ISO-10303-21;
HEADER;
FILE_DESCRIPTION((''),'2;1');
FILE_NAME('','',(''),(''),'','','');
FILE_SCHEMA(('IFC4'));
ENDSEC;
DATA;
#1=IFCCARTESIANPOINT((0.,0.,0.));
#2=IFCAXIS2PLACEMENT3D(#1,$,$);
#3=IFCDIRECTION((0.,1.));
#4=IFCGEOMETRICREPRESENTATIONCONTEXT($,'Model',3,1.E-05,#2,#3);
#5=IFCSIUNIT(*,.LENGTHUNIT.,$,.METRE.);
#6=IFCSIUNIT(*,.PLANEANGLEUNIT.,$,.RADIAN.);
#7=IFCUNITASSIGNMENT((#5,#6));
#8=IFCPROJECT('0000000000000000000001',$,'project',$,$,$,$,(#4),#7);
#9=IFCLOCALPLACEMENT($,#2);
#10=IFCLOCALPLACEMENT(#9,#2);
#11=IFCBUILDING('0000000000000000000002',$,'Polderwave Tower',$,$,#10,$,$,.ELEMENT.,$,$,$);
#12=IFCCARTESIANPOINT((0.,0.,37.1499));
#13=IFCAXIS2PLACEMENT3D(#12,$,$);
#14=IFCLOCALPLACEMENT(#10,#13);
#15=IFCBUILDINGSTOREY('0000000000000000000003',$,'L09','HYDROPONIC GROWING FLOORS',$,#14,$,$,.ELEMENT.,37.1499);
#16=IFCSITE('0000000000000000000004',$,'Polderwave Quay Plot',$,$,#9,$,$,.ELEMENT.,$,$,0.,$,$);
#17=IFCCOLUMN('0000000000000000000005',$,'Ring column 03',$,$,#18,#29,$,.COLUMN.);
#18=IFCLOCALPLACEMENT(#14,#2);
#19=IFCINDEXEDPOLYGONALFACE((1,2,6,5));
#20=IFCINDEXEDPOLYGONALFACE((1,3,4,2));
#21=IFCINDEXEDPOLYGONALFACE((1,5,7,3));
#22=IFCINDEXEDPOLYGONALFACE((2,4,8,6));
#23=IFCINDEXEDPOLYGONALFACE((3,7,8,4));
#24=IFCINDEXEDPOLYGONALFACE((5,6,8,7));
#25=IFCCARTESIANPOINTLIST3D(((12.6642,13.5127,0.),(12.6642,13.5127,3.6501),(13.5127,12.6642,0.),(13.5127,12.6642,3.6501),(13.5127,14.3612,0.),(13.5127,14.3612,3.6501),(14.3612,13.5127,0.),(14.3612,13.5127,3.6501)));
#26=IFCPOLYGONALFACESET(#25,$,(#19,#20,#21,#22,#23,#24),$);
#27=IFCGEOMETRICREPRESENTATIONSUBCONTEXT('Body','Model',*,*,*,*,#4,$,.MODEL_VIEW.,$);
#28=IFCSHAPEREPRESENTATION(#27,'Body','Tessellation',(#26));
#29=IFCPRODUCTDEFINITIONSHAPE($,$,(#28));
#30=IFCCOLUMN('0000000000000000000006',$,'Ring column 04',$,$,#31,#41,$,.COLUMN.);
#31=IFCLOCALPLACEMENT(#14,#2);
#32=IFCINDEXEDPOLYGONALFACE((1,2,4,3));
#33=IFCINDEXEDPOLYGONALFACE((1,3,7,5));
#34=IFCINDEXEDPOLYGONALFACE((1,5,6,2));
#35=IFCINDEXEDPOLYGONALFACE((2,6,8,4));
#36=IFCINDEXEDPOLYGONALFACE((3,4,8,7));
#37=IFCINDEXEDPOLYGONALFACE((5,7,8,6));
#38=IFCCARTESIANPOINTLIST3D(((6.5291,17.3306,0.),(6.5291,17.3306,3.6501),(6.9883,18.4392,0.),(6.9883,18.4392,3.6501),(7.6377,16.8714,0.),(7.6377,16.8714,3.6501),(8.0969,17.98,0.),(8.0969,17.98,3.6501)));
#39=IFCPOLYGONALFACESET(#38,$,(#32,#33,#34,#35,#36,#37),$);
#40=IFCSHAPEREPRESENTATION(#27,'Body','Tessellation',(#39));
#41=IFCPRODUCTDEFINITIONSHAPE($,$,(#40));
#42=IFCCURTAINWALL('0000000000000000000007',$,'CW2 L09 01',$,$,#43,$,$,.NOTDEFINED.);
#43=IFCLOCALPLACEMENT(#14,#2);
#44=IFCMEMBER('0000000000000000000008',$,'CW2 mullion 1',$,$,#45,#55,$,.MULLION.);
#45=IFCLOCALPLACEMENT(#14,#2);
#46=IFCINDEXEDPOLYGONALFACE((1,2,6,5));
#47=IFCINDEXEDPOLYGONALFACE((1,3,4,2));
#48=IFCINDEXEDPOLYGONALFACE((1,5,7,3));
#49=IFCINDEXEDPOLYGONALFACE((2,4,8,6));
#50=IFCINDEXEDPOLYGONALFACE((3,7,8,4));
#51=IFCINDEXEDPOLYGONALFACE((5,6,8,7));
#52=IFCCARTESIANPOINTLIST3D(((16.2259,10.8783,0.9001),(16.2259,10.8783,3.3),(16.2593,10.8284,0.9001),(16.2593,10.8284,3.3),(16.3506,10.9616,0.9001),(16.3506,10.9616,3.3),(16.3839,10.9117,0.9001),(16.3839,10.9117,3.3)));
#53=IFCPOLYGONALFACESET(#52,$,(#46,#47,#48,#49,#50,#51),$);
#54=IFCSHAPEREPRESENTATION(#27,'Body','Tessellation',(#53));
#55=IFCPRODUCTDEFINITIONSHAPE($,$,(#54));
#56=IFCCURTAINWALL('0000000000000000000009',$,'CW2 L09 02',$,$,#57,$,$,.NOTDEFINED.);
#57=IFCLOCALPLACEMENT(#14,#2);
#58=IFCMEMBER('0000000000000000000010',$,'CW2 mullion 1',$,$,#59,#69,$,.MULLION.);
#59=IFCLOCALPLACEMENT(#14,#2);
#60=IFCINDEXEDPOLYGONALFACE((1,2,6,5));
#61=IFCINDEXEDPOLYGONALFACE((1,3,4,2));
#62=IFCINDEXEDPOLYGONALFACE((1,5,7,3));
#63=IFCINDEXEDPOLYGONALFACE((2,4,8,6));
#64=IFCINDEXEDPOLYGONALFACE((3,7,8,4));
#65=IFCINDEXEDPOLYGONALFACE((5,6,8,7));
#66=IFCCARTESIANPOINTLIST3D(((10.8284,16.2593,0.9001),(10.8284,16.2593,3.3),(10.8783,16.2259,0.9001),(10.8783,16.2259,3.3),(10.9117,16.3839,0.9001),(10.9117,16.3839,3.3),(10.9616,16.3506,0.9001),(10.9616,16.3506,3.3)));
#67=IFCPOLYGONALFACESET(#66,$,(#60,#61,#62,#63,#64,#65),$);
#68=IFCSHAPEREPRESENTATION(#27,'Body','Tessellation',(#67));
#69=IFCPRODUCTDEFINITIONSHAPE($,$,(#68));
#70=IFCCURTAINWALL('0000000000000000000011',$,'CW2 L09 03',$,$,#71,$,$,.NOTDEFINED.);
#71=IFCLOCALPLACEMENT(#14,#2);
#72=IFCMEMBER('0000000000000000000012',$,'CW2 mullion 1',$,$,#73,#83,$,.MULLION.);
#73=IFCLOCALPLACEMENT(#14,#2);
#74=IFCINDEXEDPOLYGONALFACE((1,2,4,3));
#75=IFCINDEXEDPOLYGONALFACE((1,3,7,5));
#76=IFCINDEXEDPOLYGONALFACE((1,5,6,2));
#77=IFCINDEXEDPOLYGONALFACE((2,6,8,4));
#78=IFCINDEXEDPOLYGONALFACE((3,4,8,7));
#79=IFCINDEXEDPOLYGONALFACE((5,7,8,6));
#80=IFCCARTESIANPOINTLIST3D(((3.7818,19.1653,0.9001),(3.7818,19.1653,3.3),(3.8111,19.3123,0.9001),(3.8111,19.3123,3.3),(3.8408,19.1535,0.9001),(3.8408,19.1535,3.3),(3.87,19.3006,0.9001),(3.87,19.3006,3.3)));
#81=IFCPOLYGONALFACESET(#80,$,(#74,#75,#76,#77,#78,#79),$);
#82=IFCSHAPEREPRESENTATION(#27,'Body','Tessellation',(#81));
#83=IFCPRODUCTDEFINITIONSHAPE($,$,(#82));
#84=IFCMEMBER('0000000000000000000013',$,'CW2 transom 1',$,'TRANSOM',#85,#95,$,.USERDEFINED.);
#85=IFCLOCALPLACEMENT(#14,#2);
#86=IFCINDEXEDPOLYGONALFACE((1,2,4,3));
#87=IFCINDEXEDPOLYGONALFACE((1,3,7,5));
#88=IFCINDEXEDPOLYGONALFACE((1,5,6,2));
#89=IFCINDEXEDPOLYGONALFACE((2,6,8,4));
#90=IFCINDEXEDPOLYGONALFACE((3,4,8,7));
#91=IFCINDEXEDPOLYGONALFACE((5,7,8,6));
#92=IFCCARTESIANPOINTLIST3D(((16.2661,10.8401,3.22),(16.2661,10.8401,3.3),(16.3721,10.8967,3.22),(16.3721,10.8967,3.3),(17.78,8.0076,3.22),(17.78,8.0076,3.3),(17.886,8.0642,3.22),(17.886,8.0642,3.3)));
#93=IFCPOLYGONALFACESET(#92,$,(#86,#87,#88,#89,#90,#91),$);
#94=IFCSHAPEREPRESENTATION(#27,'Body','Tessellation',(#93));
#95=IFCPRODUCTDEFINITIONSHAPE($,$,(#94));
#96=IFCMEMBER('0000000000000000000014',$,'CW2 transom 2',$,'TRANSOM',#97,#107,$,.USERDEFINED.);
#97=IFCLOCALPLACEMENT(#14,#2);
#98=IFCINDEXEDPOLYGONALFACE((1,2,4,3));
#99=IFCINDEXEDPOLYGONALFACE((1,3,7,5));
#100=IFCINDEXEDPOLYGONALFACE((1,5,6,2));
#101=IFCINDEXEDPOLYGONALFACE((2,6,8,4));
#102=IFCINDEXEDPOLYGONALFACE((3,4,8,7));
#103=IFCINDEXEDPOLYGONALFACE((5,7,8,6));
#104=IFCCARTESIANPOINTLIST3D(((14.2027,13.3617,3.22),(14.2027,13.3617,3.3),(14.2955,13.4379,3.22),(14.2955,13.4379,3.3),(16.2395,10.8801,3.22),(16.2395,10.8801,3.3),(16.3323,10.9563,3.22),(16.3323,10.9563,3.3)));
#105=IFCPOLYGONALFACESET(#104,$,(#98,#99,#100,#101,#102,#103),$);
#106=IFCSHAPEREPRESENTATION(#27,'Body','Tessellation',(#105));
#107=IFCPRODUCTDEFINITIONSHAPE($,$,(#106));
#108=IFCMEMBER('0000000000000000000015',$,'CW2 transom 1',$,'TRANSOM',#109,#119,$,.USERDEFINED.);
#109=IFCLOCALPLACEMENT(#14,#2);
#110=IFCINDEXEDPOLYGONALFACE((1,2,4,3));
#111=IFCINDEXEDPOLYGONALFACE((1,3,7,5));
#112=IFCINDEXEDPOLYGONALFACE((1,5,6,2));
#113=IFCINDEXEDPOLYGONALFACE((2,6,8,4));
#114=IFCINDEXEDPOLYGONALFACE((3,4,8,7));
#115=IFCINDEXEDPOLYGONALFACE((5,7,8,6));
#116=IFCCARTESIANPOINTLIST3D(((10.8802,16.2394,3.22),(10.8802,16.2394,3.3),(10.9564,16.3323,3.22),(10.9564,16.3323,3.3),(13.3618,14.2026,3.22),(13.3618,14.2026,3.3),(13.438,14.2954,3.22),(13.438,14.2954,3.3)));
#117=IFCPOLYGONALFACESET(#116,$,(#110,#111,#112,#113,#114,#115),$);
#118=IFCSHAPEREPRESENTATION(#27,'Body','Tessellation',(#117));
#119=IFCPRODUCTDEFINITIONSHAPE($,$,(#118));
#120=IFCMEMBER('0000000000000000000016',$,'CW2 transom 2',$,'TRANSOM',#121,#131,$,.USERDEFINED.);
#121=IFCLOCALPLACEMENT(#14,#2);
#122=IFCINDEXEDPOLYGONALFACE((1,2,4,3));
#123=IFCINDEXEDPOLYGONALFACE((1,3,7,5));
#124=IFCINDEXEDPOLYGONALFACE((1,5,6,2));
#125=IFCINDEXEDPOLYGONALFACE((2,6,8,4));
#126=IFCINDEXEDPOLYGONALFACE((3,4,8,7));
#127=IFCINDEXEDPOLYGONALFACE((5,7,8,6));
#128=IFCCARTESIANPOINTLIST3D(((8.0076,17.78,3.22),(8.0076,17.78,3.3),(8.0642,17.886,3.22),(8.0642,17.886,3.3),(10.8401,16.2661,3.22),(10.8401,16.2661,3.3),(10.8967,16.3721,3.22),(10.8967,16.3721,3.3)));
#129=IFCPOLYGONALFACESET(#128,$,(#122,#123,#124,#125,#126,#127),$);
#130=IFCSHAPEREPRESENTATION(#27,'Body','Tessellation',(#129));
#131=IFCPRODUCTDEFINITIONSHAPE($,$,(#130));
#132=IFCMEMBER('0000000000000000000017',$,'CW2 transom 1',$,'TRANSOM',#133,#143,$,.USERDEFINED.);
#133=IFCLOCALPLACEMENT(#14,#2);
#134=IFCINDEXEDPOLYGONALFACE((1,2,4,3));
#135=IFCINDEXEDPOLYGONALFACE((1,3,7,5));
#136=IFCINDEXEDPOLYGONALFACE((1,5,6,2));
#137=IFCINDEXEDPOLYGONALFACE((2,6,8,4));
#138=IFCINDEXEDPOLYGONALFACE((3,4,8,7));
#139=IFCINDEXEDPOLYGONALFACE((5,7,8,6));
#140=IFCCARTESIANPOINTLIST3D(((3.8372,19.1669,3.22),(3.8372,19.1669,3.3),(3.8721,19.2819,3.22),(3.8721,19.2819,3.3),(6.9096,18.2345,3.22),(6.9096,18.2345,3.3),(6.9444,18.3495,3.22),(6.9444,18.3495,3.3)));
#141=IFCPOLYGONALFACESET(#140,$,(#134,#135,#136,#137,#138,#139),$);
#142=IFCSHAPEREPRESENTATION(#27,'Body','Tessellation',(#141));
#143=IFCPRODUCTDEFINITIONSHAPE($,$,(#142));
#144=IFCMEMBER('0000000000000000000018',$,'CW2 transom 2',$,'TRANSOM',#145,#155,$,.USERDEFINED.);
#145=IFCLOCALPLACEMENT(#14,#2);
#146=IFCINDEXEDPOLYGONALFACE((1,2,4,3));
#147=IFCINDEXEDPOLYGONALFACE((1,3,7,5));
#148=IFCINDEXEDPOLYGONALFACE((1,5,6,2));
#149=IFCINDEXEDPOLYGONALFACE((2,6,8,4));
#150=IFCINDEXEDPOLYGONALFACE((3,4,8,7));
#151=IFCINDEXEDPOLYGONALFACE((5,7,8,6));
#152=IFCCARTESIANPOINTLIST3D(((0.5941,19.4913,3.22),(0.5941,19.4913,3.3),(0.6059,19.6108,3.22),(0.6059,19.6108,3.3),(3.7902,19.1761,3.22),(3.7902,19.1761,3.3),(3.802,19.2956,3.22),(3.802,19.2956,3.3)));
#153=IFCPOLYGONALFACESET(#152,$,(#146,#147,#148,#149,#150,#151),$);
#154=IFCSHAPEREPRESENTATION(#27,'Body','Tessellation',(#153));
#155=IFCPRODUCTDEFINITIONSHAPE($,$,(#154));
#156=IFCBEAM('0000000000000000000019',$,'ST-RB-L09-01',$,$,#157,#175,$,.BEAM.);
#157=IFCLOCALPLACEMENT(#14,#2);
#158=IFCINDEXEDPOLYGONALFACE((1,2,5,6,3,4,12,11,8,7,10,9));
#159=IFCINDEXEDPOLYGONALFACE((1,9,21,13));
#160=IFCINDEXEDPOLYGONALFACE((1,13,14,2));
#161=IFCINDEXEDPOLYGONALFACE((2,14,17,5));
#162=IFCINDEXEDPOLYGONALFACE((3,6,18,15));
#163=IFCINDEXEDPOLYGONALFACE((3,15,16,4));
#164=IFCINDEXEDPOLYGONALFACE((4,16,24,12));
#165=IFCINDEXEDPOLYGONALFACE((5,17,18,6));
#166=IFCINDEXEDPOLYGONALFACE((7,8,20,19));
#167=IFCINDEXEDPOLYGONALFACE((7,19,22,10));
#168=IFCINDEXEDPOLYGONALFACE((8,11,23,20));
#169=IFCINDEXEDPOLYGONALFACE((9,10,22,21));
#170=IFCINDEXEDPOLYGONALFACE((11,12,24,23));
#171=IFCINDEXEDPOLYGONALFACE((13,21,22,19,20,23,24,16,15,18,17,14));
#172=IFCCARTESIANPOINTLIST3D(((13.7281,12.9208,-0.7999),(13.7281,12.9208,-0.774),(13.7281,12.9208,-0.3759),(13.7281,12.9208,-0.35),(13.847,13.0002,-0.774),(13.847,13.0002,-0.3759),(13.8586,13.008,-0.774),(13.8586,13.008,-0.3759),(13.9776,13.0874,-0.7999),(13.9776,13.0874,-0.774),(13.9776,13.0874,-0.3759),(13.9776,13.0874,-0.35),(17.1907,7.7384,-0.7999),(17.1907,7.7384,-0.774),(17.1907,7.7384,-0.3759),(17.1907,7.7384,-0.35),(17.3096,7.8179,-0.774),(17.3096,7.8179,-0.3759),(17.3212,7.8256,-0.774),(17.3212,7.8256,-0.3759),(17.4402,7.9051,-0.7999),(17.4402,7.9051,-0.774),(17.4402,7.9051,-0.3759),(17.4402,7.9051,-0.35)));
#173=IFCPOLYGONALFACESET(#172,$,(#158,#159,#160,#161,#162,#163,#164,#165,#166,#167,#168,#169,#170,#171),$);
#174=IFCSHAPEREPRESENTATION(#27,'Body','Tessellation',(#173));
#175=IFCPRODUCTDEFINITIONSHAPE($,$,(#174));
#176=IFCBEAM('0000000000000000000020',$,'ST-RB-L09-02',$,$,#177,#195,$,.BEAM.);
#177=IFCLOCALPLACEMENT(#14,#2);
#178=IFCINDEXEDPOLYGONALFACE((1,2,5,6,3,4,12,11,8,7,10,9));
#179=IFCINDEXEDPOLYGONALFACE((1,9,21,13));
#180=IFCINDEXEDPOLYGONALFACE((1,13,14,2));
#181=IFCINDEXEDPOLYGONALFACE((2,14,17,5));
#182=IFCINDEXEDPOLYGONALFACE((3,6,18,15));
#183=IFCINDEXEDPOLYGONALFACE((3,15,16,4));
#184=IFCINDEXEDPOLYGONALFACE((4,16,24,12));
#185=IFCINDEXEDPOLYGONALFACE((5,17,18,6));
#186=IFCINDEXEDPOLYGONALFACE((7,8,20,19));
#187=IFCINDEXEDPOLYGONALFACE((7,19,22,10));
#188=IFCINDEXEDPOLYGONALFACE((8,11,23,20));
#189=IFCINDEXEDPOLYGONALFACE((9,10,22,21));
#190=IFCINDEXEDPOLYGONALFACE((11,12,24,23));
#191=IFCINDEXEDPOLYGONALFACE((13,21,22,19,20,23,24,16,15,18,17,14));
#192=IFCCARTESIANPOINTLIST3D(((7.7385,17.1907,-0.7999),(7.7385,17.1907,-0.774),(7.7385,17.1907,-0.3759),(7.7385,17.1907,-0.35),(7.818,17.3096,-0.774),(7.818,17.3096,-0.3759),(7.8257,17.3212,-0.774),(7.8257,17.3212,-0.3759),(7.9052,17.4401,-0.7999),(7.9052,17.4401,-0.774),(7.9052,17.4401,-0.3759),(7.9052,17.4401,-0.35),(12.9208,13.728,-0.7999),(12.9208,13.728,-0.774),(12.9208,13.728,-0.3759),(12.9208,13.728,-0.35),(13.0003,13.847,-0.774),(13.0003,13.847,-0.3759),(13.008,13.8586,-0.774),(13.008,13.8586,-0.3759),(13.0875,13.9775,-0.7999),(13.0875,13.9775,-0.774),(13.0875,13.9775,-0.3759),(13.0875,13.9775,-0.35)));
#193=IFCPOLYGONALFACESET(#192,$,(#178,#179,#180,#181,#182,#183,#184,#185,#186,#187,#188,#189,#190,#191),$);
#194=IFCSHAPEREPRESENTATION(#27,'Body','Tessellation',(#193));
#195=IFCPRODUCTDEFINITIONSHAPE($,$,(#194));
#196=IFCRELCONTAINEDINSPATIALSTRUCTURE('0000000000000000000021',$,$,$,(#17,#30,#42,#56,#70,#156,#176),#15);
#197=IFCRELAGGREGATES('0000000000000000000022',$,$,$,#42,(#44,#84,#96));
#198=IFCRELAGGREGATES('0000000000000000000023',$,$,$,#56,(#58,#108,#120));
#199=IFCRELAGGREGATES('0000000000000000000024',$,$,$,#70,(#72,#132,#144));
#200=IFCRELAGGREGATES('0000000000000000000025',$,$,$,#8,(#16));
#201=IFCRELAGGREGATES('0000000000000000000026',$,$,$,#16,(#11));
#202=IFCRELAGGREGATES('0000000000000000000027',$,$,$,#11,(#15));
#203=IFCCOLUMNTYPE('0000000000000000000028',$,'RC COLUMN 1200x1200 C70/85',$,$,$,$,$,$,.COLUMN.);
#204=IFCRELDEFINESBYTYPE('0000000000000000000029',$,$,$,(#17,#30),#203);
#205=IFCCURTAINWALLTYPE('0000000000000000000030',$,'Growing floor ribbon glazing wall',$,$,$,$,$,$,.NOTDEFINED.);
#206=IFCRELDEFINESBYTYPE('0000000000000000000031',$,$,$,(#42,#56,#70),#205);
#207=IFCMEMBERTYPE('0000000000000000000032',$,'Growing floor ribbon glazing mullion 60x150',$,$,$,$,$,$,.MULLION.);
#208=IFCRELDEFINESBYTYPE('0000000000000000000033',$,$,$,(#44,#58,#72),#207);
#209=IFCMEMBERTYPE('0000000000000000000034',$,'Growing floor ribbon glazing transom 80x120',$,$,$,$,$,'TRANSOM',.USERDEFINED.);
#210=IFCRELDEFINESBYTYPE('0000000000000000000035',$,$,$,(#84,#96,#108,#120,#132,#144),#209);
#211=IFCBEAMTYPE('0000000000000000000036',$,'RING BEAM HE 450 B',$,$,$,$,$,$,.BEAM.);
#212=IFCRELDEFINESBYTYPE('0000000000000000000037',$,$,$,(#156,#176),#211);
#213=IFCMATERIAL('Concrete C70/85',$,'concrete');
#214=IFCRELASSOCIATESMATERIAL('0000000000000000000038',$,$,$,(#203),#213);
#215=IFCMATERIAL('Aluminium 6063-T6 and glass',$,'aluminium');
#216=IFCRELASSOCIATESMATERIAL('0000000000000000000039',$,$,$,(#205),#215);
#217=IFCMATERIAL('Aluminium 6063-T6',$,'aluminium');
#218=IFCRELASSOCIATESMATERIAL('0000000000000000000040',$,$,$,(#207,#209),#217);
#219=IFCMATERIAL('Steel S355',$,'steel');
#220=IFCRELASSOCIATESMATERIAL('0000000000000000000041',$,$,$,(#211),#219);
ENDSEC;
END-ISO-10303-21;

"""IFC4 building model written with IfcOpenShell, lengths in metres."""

from ifc_helpers import new_model, si_unit, direction, frame, origin, origin_2d, place, context, subcontext, project, spatial, rectangle, i_section, extrude, material, material_profile, profile_set, type_object, element, aggregate, save


model = new_model("IFC4")

# Units and contexts
model_context = context("Model", 3, precision=1e-05, world=origin(), true_north=direction((0.0, 1.0)))
body_context = subcontext(model_context, "Body", "Model", "MODEL_VIEW")
ifc_project = project(units=[si_unit("LENGTHUNIT", "METRE"), si_unit("PLANEANGLEUNIT", "RADIAN")], contexts=[model_context])

# Site, building, storey
site_placement = place(None, origin())
site = spatial("IfcSite", under=ifc_project, at=site_placement, Name="Polderwave Quay Plot", CompositionType="ELEMENT", RefElevation=0.0)
building_placement = place(site_placement, origin())
building = spatial("IfcBuilding", under=site, at=building_placement, Name="Polderwave Tower", CompositionType="ELEMENT")
storey_placement = place(building_placement, frame((0.0, 0.0, 37.1499)))
storey = spatial("IfcBuildingStorey", under=building, at=storey_placement, Name="L09", Description="HYDROPONIC GROWING FLOORS", CompositionType="ELEMENT", Elevation=37.1499)

# Columns
ifc_material_1 = material(Name="Concrete C70/85", Category="concrete")
ifc_material_profile_1 = material_profile(ifc_material_1, rectangle(XDim=1.2, YDim=1.2, at=origin_2d()), Name="RC 1200x1200")
ifc_profile_set_1 = profile_set([ifc_material_profile_1], Name="Concrete C70/85")
column_type = type_object("IfcColumnType", Name="RC COLUMN 1200x1200 C70/85", PredefinedType="COLUMN", material=ifc_profile_set_1)
for number, where, z_axis, x_axis, name in (
    (1, (13.5127, 13.5127, 0.0), (0.0, 0.0, 1.0), (0.707107, 0.707107, 0.0), "Ring column 03"),
    (2, (7.313, 17.6553, 0.0), (0.0, 0.0, 1.0), (0.382683, 0.92388, 0.0), "Ring column 04"),
):
    element("IfcColumn", number, at=place(storey_placement, frame(where, z_axis=z_axis, x_axis=x_axis)), inside=storey, type_object=column_type, Name=name, PredefinedType="COLUMN", context=body_context, shape_type="SweptSolid", body=[
        extrude(rectangle(XDim=1.2, YDim=1.2, at=origin_2d()), origin(), (0.0, 0.0, 1.0), 3.6501),
    ])

# Curtain walls, members
ifc_material_2 = material(Name="Aluminium 6063-T6 and glass", Category="aluminium")
curtain_wall_type = type_object("IfcCurtainWallType", Name="Growing floor ribbon glazing wall", PredefinedType="NOTDEFINED", material=ifc_material_2)
curtain_wall_1_placement = place(storey_placement, origin())
curtain_wall_1 = element("IfcCurtainWall", 3, at=curtain_wall_1_placement, inside=storey, type_object=curtain_wall_type, Name="CW2 L09 01", PredefinedType="NOTDEFINED")
ifc_material_3 = material(Name="Aluminium 6063-T6", Category="aluminium")
ifc_material_profile_2 = material_profile(ifc_material_3, rectangle(XDim=0.1499, YDim=0.0601, at=origin_2d()), Name="AL 60x150")
ifc_profile_set_2 = profile_set([ifc_material_profile_2], Name="Aluminium 6063-T6")
member_type_1 = type_object("IfcMemberType", Name="Growing floor ribbon glazing mullion 60x150", PredefinedType="MULLION", material=ifc_profile_set_2)
member_1_placement = place(storey_placement, frame((16.3049, 10.895, 0.9001), z_axis=(0.0, 0.0, 1.0), x_axis=(-0.831469, -0.555572, 0.0)))
member_1 = element("IfcMember", 4, at=member_1_placement, type_object=member_type_1, Name="CW2 mullion 1", PredefinedType="MULLION", context=body_context, shape_type="SweptSolid", body=[
    extrude(rectangle(XDim=0.1499, YDim=0.0601, at=origin_2d()), origin(), (0.0, 0.0, 1.0), 2.3999),
])
curtain_wall_2_placement = place(storey_placement, origin())
curtain_wall_2 = element("IfcCurtainWall", 5, at=curtain_wall_2_placement, inside=storey, type_object=curtain_wall_type, Name="CW2 L09 02", PredefinedType="NOTDEFINED")
member_2_placement = place(storey_placement, frame((10.895, 16.3049, 0.9001), z_axis=(0.0, 0.0, 1.0), x_axis=(-0.555572, -0.831469, 0.0)))
member_2 = element("IfcMember", 6, at=member_2_placement, type_object=member_type_1, Name="CW2 mullion 1", PredefinedType="MULLION", context=body_context, shape_type="SweptSolid", body=[
    extrude(rectangle(XDim=0.1499, YDim=0.0601, at=origin_2d()), origin(), (0.0, 0.0, 1.0), 2.3999),
])
curtain_wall_3_placement = place(storey_placement, origin())
curtain_wall_3 = element("IfcCurtainWall", 7, at=curtain_wall_3_placement, inside=storey, type_object=curtain_wall_type, Name="CW2 L09 03", PredefinedType="NOTDEFINED")
member_3_placement = place(storey_placement, frame((3.8259, 19.2329, 0.9001), z_axis=(0.0, 0.0, 1.0), x_axis=(-0.195178, -0.980768, 0.0)))
member_3 = element("IfcMember", 8, at=member_3_placement, type_object=member_type_1, Name="CW2 mullion 1", PredefinedType="MULLION", context=body_context, shape_type="SweptSolid", body=[
    extrude(rectangle(XDim=0.1499, YDim=0.0601, at=origin_2d()), origin(), (0.0, 0.0, 1.0), 2.3999),
])

# Members
ifc_material_profile_3 = material_profile(ifc_material_3, rectangle(XDim=0.1201, YDim=0.0801, at=origin_2d()), Name="AL 80x120")
ifc_profile_set_3 = profile_set([ifc_material_profile_3], Name="Aluminium 6063-T6")
member_type_2 = type_object("IfcMemberType", Name="Growing floor ribbon glazing transom 80x120", ElementType="TRANSOM", PredefinedType="USERDEFINED", material=ifc_profile_set_3)
member_4_placement = place(storey_placement, frame((17.833, 8.0359, 3.26), z_axis=(-0.471373, 0.881934, 0.0), x_axis=(-0.881934, -0.471373, 0.0)))
member_4 = element("IfcMember", 9, at=member_4_placement, type_object=member_type_2, Name="CW2 transom 1", ObjectType="TRANSOM", PredefinedType="USERDEFINED", context=body_context, shape_type="SweptSolid", body=[
    extrude(rectangle(XDim=0.1201, YDim=0.0801, at=origin_2d()), origin(), (0.0, 0.0, 1.0), 3.2117),
])
member_5_placement = place(storey_placement, frame((16.2859, 10.9182, 3.26), z_axis=(-0.63443, 0.772981, 0.0), x_axis=(-0.772981, -0.63443, 0.0)))
member_5 = element("IfcMember", 10, at=member_5_placement, type_object=member_type_2, Name="CW2 transom 2", ObjectType="TRANSOM", PredefinedType="USERDEFINED", context=body_context, shape_type="SweptSolid", body=[
    extrude(rectangle(XDim=0.1201, YDim=0.0801, at=origin_2d()), origin(), (0.0, 0.0, 1.0), 3.2104),
])
member_6_placement = place(storey_placement, frame((13.3999, 14.249, 3.26), z_axis=(-0.772981, 0.63443, 0.0), x_axis=(-0.63443, -0.772981, 0.0)))
member_6 = element("IfcMember", 11, at=member_6_placement, type_object=member_type_2, Name="CW2 transom 1", ObjectType="TRANSOM", PredefinedType="USERDEFINED", context=body_context, shape_type="SweptSolid", body=[
    extrude(rectangle(XDim=0.1201, YDim=0.0801, at=origin_2d()), origin(), (0.0, 0.0, 1.0), 3.2104),
])
member_7_placement = place(storey_placement, frame((10.8684, 16.3191, 3.26), z_axis=(-0.881934, 0.471373, 0.0), x_axis=(-0.471373, -0.881934, 0.0)))
member_7 = element("IfcMember", 12, at=member_7_placement, type_object=member_type_2, Name="CW2 transom 2", ObjectType="TRANSOM", PredefinedType="USERDEFINED", context=body_context, shape_type="SweptSolid", body=[
    extrude(rectangle(XDim=0.1201, YDim=0.0801, at=origin_2d()), origin(), (0.0, 0.0, 1.0), 3.2117),
])
member_8_placement = place(storey_placement, frame((6.927, 18.292, 3.26), z_axis=(-0.956905, 0.290402, 0.0), x_axis=(-0.290402, -0.956905, 0.0)))
member_8 = element("IfcMember", 13, at=member_8_placement, type_object=member_type_2, Name="CW2 transom 1", ObjectType="TRANSOM", PredefinedType="USERDEFINED", context=body_context, shape_type="SweptSolid", body=[
    extrude(rectangle(XDim=0.1201, YDim=0.0801, at=origin_2d()), origin(), (0.0, 0.0, 1.0), 3.2107),
])
member_9_placement = place(storey_placement, frame((3.7961, 19.2358, 3.26), z_axis=(-0.995172, 0.098141, 0.0), x_axis=(-0.098141, -0.995172, 0.0)))
member_9 = element("IfcMember", 14, at=member_9_placement, type_object=member_type_2, Name="CW2 transom 2", ObjectType="TRANSOM", PredefinedType="USERDEFINED", context=body_context, shape_type="SweptSolid", body=[
    extrude(rectangle(XDim=0.1201, YDim=0.0801, at=origin_2d()), origin(), (0.0, 0.0, 1.0), 3.2117),
])

# Beams
ifc_material_4 = material(Name="Steel S355", Category="steel")
ifc_material_profile_4 = material_profile(ifc_material_4, i_section(OverallWidth=0.3, OverallDepth=0.45, WebThickness=0.0139, FlangeThickness=0.0259, at=origin_2d()), Name="HE 450 B")
ifc_profile_set_4 = profile_set([ifc_material_profile_4], Name="Steel S355")
beam_type = type_object("IfcBeamType", Name="RING BEAM HE 450 B", PredefinedType="BEAM", material=ifc_profile_set_4)
for number, where, z_axis, x_axis, name in (
    (15, (17.3154, 7.8218, -0.575), (-0.555559, 0.831477, 0.0), (-0.831477, -0.555559, 0.0), "ST-RB-L09-01"),
    (16, (13.0042, 13.8528, -0.575), (-0.831477, 0.555559, 0.0), (-0.555559, -0.831477, 0.0), "ST-RB-L09-02"),
):
    element("IfcBeam", number, at=place(storey_placement, frame(where, z_axis=z_axis, x_axis=x_axis)), inside=storey, type_object=beam_type, Name=name, PredefinedType="BEAM", context=body_context, shape_type="SweptSolid", body=[
        extrude(i_section(OverallWidth=0.3, OverallDepth=0.45, WebThickness=0.0139, FlangeThickness=0.0259, at=origin_2d()), origin(), (0.0, 0.0, 1.0), 6.2327),
    ])

aggregate(curtain_wall_1, [member_1, member_4, member_5])
aggregate(curtain_wall_2, [member_2, member_6, member_7])
aggregate(curtain_wall_3, [member_3, member_8, member_9])

save(model, "model.ifc")
